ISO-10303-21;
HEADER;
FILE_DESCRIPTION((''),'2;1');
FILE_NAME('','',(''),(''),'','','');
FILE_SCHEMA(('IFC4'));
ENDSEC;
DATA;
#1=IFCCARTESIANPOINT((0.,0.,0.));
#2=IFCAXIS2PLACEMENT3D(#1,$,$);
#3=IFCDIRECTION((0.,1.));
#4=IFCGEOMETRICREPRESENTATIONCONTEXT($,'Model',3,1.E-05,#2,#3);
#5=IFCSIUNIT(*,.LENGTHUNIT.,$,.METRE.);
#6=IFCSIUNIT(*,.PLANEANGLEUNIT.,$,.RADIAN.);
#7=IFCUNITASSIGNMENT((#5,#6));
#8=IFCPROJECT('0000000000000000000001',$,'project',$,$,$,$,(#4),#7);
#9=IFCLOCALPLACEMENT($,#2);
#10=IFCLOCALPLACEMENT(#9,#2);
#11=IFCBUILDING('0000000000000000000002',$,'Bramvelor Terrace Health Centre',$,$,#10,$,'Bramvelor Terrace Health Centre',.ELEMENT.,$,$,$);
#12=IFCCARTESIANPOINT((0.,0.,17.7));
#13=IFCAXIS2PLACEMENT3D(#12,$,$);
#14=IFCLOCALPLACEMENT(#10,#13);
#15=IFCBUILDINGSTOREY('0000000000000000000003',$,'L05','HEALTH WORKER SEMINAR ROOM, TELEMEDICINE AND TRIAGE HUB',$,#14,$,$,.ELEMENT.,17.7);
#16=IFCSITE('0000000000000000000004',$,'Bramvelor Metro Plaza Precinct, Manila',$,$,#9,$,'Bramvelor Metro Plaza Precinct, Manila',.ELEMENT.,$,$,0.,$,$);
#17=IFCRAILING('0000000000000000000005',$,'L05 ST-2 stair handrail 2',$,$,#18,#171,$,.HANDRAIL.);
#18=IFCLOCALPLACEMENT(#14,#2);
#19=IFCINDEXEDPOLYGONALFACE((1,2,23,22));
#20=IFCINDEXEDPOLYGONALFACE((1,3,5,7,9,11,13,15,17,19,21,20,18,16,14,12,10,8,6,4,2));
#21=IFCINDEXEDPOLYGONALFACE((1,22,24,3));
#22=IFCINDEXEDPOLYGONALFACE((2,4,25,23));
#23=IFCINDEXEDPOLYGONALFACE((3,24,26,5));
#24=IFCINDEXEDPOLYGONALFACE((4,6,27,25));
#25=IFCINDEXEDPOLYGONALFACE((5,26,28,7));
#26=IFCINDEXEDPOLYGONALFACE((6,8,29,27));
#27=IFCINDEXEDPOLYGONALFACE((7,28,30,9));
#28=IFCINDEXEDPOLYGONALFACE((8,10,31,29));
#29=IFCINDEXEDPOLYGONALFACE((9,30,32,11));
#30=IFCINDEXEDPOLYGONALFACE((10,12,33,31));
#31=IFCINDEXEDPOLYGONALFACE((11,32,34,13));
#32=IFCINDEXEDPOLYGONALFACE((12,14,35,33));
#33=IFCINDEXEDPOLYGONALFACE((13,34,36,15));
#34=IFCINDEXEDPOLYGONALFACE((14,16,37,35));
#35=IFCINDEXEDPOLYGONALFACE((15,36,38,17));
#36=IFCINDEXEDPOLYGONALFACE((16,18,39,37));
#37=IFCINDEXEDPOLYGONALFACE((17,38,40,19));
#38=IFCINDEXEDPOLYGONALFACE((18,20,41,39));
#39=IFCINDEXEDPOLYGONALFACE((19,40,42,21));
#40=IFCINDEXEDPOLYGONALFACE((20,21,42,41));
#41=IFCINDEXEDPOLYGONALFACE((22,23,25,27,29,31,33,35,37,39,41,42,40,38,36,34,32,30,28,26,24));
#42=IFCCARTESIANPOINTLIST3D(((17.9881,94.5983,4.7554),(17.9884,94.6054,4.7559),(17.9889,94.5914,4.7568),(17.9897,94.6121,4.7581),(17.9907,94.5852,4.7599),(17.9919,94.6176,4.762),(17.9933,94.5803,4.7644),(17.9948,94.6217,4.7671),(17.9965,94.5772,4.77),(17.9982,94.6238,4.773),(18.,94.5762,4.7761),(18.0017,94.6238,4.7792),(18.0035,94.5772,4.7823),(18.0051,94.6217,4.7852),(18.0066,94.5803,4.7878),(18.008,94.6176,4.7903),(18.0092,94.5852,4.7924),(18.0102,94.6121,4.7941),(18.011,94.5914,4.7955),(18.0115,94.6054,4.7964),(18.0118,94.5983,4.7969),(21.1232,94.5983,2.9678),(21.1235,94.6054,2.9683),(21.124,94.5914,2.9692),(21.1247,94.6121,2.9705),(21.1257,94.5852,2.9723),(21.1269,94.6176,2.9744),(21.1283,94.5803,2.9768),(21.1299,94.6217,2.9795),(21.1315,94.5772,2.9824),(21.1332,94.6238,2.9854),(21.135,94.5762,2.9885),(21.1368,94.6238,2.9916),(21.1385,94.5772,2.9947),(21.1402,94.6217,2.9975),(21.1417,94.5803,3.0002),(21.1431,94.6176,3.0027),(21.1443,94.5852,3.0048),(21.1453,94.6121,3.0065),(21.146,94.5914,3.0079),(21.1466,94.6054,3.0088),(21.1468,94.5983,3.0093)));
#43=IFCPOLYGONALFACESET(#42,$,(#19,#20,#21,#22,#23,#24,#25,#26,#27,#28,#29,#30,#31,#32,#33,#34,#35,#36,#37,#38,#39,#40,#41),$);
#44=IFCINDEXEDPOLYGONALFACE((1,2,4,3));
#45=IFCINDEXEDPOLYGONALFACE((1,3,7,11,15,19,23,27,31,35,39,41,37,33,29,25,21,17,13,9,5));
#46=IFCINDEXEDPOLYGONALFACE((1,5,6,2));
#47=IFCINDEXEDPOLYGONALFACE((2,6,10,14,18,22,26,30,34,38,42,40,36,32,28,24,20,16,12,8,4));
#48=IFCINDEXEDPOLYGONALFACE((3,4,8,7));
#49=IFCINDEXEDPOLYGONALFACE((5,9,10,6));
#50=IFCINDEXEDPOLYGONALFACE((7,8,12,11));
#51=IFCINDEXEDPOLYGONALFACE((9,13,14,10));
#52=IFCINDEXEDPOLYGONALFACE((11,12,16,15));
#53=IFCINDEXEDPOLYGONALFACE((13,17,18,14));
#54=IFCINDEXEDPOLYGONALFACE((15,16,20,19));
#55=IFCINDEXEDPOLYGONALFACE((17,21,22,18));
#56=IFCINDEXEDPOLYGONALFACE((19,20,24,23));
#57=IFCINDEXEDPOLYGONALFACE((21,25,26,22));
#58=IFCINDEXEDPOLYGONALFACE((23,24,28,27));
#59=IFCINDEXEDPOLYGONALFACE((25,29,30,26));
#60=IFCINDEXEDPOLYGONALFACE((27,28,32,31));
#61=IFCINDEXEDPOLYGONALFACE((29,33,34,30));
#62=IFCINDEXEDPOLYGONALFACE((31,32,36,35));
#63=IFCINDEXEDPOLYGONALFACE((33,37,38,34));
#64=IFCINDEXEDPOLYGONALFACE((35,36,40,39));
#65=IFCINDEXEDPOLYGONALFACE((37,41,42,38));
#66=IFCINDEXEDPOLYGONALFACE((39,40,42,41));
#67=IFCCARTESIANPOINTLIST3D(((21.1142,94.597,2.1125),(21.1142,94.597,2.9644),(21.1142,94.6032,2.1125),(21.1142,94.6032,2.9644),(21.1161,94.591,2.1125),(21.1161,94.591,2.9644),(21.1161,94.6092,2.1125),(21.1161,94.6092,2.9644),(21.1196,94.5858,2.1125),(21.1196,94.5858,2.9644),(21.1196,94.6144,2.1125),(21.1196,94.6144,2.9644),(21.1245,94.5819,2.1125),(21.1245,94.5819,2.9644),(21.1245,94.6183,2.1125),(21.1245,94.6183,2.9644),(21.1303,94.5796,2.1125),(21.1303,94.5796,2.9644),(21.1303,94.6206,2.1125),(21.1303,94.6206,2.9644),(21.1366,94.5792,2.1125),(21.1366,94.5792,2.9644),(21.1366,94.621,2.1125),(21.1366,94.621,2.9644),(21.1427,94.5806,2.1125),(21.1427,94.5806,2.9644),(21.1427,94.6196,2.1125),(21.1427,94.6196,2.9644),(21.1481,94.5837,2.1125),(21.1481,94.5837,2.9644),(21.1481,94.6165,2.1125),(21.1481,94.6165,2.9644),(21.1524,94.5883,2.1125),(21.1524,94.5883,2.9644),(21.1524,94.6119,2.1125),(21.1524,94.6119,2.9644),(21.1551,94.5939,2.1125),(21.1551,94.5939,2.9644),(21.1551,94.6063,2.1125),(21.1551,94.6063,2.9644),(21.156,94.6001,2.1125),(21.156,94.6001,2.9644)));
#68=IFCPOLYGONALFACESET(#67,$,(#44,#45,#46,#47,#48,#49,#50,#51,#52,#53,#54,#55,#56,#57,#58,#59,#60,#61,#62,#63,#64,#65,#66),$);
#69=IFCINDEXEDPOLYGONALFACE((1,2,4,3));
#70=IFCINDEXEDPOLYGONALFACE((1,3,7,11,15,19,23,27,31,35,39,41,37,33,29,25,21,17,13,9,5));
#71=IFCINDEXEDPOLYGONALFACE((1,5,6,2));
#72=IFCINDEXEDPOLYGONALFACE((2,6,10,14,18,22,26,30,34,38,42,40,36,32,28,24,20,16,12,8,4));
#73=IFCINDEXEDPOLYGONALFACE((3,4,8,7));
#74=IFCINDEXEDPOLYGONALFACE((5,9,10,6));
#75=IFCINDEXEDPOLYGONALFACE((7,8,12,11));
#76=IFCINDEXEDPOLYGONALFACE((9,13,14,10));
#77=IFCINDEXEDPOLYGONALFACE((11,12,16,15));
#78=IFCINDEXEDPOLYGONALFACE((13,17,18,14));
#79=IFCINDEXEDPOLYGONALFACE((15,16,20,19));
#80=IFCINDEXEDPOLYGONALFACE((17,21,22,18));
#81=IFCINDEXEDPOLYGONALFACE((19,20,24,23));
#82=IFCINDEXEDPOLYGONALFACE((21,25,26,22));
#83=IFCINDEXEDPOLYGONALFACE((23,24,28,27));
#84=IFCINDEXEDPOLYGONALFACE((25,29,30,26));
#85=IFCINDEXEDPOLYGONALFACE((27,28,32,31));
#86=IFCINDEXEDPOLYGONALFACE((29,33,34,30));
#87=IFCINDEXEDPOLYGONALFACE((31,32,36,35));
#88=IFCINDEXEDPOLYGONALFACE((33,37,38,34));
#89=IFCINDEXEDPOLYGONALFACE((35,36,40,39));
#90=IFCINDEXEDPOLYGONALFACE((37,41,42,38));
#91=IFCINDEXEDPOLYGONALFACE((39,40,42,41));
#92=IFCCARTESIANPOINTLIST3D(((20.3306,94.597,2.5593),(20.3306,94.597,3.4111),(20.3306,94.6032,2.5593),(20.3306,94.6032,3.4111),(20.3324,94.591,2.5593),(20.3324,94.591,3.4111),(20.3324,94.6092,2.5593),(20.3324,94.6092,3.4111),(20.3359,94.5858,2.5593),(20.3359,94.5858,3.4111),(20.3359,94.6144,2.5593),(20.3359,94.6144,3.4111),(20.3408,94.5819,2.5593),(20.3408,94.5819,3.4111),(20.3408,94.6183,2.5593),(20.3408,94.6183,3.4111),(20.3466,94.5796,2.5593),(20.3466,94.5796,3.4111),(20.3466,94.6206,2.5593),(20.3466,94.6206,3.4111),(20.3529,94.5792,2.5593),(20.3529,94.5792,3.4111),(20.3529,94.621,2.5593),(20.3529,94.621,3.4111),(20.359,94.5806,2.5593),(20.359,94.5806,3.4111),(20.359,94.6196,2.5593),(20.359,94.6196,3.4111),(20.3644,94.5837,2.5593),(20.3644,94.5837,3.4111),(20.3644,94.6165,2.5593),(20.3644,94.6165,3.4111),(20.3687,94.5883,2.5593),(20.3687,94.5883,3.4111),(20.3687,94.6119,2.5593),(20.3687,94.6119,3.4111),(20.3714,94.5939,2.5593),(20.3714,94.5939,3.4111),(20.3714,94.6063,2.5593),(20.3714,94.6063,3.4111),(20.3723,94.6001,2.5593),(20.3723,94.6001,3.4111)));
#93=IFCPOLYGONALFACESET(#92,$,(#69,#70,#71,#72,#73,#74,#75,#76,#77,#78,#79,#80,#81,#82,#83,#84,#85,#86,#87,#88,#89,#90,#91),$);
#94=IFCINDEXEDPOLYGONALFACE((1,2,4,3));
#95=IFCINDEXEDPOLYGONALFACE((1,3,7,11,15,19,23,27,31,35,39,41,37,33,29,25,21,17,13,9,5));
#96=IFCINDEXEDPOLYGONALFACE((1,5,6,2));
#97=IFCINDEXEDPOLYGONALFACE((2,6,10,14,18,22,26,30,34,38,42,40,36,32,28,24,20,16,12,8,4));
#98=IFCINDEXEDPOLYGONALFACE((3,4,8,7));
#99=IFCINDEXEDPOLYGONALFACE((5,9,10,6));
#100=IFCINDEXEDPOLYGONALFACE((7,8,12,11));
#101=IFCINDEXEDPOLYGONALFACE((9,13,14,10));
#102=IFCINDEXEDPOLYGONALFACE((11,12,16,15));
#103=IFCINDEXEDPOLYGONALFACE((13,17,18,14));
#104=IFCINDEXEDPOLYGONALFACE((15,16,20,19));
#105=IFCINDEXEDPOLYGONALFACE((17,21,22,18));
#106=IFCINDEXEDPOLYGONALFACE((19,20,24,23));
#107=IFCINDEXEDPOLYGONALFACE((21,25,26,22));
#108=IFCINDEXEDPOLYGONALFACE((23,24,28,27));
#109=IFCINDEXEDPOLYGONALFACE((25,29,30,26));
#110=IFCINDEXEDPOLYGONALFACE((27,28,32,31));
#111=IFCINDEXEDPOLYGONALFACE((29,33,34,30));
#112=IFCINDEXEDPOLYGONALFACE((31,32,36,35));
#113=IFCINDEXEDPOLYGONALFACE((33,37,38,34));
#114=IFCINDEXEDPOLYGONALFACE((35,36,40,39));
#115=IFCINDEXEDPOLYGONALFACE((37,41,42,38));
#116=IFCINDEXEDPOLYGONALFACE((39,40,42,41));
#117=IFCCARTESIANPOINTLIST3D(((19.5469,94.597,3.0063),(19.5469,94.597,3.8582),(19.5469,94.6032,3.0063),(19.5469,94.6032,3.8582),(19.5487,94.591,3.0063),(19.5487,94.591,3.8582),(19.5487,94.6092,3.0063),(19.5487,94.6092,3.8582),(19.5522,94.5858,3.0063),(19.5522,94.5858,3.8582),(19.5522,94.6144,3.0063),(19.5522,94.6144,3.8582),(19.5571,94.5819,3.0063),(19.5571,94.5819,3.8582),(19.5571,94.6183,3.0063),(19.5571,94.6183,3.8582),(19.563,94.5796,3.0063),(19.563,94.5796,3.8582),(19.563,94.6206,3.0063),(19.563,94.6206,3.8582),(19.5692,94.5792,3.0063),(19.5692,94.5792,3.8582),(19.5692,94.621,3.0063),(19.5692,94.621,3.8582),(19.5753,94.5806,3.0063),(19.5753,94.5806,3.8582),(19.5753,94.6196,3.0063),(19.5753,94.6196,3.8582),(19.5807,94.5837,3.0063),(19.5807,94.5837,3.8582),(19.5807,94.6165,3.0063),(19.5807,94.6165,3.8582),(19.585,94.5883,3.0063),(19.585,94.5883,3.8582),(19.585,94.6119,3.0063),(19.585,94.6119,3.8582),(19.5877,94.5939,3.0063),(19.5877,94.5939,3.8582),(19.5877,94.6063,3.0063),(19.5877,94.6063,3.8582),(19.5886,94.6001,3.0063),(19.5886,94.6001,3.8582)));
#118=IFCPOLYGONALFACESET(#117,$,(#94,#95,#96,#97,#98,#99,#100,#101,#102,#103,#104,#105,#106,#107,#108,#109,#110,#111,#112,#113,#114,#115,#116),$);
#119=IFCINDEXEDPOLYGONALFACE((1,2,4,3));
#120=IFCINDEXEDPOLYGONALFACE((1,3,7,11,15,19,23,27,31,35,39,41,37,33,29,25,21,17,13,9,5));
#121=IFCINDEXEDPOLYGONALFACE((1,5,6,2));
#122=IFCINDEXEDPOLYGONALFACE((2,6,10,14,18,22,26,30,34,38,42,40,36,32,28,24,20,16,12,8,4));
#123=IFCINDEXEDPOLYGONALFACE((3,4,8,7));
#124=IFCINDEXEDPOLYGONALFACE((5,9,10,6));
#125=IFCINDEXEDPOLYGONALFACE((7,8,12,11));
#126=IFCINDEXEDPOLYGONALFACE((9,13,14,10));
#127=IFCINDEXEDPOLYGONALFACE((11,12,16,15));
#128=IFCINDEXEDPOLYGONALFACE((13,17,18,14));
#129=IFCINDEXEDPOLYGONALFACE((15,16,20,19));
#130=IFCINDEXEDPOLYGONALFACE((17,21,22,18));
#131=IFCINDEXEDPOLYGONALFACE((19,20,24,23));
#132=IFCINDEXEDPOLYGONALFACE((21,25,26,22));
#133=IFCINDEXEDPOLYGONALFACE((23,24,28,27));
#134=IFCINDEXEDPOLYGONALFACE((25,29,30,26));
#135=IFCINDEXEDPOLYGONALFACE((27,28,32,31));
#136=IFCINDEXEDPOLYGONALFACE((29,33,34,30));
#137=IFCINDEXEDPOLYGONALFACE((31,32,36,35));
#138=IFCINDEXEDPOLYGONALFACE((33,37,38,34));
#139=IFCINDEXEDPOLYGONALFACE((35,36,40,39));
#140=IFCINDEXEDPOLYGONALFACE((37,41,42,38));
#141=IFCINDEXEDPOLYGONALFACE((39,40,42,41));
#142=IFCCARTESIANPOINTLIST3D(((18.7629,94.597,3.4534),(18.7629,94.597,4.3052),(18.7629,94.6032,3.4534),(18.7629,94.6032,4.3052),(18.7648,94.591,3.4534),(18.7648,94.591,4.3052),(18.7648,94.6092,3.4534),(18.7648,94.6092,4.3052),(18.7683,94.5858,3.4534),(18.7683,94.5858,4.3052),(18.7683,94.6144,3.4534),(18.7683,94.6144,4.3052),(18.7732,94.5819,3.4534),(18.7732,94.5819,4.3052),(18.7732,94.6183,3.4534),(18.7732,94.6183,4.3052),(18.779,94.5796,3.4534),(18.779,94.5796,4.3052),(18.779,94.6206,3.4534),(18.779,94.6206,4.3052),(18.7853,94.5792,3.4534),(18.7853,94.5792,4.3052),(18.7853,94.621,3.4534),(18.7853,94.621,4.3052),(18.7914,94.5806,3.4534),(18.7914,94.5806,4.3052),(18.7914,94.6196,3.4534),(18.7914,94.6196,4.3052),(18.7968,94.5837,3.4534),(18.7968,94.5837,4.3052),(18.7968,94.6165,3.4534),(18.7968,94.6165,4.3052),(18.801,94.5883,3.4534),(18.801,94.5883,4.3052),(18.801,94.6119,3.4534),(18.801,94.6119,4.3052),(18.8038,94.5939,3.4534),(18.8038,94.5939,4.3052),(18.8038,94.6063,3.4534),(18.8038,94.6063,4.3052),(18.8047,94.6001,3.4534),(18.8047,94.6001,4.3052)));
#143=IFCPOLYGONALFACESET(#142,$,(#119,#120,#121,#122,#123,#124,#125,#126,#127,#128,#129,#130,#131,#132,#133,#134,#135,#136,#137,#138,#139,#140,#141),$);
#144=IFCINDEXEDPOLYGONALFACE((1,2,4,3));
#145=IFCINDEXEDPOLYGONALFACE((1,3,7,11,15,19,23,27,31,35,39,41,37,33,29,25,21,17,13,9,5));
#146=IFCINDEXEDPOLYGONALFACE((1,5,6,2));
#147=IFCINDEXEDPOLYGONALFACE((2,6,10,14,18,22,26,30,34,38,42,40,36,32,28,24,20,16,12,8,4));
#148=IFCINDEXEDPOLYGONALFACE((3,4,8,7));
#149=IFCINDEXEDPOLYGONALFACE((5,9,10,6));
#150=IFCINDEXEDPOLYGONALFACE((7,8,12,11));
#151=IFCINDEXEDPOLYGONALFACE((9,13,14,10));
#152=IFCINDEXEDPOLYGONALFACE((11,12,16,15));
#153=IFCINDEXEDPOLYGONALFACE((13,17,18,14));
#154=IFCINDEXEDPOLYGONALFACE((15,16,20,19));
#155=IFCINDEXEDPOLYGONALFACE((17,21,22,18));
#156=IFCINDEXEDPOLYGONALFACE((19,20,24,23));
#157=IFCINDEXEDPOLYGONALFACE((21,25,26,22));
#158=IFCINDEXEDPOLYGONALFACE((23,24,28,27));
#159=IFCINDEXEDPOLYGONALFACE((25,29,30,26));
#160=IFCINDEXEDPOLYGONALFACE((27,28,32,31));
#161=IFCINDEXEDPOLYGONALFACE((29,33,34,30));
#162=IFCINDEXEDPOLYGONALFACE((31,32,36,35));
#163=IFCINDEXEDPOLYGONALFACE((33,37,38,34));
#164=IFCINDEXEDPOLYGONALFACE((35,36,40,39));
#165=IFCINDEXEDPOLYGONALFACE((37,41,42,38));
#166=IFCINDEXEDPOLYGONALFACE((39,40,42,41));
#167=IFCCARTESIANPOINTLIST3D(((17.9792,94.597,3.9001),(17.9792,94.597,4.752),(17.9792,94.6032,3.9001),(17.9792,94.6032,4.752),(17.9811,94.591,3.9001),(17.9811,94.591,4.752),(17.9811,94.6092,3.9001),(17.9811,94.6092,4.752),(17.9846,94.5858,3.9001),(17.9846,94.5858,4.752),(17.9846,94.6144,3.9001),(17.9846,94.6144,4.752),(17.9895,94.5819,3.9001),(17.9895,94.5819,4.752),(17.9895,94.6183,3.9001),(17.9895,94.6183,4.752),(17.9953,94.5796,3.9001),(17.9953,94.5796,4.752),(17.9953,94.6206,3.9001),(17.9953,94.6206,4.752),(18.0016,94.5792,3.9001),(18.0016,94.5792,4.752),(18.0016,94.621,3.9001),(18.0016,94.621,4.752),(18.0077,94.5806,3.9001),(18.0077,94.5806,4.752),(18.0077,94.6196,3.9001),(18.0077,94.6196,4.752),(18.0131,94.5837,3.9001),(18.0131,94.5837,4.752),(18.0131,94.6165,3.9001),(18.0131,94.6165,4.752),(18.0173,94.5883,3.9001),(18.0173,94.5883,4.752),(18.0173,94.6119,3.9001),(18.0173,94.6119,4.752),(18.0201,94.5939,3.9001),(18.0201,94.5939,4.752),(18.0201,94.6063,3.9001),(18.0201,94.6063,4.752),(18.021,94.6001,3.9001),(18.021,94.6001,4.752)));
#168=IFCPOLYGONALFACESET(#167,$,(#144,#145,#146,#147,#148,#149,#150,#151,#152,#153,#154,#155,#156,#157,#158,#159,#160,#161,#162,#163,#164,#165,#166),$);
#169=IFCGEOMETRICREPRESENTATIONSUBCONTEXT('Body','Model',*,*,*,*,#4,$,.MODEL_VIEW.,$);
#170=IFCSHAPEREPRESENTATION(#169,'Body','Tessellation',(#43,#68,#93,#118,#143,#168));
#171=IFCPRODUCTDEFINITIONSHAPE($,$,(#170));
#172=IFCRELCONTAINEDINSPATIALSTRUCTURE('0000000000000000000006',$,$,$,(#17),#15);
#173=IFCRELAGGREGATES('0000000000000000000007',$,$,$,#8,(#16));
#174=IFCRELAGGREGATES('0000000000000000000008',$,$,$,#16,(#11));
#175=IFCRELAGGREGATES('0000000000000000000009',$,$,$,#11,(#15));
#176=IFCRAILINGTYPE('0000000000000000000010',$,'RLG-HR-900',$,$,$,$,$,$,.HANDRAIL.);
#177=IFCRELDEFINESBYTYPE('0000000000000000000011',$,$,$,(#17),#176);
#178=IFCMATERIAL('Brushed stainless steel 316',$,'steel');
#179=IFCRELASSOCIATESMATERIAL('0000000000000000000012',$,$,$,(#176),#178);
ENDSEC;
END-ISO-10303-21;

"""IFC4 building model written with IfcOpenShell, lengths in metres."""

from ifc_helpers import new_model, si_unit, direction, frame, origin, origin_2d, place, context, subcontext, project, spatial, circle, extrude, material, type_object, element, save


model = new_model("IFC4")

# Units and contexts
model_context = context("Model", 3, precision=1e-05, world=origin(), true_north=direction((0.0, 1.0)))
body_context = subcontext(model_context, "Body", "Model", "MODEL_VIEW")
ifc_project = project(units=[si_unit("LENGTHUNIT", "METRE"), si_unit("PLANEANGLEUNIT", "RADIAN")], contexts=[model_context])

# Site, building, storey
site_placement = place(None, origin())
site = spatial("IfcSite", under=ifc_project, at=site_placement, Name="Bramvelor Metro Plaza Precinct, Manila", LongName="Bramvelor Metro Plaza Precinct, Manila", CompositionType="ELEMENT", RefElevation=0.0)
building_placement = place(site_placement, origin())
building = spatial("IfcBuilding", under=site, at=building_placement, Name="Bramvelor Terrace Health Centre", LongName="Bramvelor Terrace Health Centre", CompositionType="ELEMENT")
storey_placement = place(building_placement, frame((0.0, 0.0, 17.7)))
storey = spatial("IfcBuildingStorey", under=building, at=storey_placement, Name="L05", Description="HEALTH WORKER SEMINAR ROOM, TELEMEDICINE AND TRIAGE HUB", CompositionType="ELEMENT", Elevation=17.7)

# Railing
ifc_material_1 = material(Name="Brushed stainless steel 316", Category="steel")
railing_type_1 = type_object("IfcRailingType", Name="RLG-HR-900", PredefinedType="HANDRAIL", material=ifc_material_1)
railing_1_placement = place(storey_placement, frame((21.135, 94.6001, 2.1125)))
element("IfcRailing", 1, at=railing_1_placement, inside=storey, type_object=railing_type_1, Name="L05 ST-2 stair handrail 2", PredefinedType="HANDRAIL", context=body_context, shape_type="SweptSolid", body=[
    extrude(circle(Radius=0.0239, at=origin_2d()), frame((0.0, 0.0, 0.876), z_axis=(-0.868701, 0.0, 0.495337), x_axis=(0.0, -1.0, 0.0)), (0.0, 0.0, 1.0), 3.6089),
    extrude(circle(Radius=0.021, at=origin_2d()), origin(), (0.0, 0.0, 1.0), 0.8518),
    extrude(circle(Radius=0.021, at=origin_2d()), frame((-0.7837, 0.0, 0.4468)), (0.0, 0.0, 1.0), 0.8518),
    extrude(circle(Radius=0.021, at=origin_2d()), frame((-1.5674, 0.0, 0.8938)), (0.0, 0.0, 1.0), 0.8518),
    extrude(circle(Radius=0.021, at=origin_2d()), frame((-2.3513, 0.0, 1.3408)), (0.0, 0.0, 1.0), 0.8518),
    extrude(circle(Radius=0.021, at=origin_2d()), frame((-3.135, 0.0, 1.7876)), (0.0, 0.0, 1.0), 0.8518),
])

save(model, "model.ifc")
